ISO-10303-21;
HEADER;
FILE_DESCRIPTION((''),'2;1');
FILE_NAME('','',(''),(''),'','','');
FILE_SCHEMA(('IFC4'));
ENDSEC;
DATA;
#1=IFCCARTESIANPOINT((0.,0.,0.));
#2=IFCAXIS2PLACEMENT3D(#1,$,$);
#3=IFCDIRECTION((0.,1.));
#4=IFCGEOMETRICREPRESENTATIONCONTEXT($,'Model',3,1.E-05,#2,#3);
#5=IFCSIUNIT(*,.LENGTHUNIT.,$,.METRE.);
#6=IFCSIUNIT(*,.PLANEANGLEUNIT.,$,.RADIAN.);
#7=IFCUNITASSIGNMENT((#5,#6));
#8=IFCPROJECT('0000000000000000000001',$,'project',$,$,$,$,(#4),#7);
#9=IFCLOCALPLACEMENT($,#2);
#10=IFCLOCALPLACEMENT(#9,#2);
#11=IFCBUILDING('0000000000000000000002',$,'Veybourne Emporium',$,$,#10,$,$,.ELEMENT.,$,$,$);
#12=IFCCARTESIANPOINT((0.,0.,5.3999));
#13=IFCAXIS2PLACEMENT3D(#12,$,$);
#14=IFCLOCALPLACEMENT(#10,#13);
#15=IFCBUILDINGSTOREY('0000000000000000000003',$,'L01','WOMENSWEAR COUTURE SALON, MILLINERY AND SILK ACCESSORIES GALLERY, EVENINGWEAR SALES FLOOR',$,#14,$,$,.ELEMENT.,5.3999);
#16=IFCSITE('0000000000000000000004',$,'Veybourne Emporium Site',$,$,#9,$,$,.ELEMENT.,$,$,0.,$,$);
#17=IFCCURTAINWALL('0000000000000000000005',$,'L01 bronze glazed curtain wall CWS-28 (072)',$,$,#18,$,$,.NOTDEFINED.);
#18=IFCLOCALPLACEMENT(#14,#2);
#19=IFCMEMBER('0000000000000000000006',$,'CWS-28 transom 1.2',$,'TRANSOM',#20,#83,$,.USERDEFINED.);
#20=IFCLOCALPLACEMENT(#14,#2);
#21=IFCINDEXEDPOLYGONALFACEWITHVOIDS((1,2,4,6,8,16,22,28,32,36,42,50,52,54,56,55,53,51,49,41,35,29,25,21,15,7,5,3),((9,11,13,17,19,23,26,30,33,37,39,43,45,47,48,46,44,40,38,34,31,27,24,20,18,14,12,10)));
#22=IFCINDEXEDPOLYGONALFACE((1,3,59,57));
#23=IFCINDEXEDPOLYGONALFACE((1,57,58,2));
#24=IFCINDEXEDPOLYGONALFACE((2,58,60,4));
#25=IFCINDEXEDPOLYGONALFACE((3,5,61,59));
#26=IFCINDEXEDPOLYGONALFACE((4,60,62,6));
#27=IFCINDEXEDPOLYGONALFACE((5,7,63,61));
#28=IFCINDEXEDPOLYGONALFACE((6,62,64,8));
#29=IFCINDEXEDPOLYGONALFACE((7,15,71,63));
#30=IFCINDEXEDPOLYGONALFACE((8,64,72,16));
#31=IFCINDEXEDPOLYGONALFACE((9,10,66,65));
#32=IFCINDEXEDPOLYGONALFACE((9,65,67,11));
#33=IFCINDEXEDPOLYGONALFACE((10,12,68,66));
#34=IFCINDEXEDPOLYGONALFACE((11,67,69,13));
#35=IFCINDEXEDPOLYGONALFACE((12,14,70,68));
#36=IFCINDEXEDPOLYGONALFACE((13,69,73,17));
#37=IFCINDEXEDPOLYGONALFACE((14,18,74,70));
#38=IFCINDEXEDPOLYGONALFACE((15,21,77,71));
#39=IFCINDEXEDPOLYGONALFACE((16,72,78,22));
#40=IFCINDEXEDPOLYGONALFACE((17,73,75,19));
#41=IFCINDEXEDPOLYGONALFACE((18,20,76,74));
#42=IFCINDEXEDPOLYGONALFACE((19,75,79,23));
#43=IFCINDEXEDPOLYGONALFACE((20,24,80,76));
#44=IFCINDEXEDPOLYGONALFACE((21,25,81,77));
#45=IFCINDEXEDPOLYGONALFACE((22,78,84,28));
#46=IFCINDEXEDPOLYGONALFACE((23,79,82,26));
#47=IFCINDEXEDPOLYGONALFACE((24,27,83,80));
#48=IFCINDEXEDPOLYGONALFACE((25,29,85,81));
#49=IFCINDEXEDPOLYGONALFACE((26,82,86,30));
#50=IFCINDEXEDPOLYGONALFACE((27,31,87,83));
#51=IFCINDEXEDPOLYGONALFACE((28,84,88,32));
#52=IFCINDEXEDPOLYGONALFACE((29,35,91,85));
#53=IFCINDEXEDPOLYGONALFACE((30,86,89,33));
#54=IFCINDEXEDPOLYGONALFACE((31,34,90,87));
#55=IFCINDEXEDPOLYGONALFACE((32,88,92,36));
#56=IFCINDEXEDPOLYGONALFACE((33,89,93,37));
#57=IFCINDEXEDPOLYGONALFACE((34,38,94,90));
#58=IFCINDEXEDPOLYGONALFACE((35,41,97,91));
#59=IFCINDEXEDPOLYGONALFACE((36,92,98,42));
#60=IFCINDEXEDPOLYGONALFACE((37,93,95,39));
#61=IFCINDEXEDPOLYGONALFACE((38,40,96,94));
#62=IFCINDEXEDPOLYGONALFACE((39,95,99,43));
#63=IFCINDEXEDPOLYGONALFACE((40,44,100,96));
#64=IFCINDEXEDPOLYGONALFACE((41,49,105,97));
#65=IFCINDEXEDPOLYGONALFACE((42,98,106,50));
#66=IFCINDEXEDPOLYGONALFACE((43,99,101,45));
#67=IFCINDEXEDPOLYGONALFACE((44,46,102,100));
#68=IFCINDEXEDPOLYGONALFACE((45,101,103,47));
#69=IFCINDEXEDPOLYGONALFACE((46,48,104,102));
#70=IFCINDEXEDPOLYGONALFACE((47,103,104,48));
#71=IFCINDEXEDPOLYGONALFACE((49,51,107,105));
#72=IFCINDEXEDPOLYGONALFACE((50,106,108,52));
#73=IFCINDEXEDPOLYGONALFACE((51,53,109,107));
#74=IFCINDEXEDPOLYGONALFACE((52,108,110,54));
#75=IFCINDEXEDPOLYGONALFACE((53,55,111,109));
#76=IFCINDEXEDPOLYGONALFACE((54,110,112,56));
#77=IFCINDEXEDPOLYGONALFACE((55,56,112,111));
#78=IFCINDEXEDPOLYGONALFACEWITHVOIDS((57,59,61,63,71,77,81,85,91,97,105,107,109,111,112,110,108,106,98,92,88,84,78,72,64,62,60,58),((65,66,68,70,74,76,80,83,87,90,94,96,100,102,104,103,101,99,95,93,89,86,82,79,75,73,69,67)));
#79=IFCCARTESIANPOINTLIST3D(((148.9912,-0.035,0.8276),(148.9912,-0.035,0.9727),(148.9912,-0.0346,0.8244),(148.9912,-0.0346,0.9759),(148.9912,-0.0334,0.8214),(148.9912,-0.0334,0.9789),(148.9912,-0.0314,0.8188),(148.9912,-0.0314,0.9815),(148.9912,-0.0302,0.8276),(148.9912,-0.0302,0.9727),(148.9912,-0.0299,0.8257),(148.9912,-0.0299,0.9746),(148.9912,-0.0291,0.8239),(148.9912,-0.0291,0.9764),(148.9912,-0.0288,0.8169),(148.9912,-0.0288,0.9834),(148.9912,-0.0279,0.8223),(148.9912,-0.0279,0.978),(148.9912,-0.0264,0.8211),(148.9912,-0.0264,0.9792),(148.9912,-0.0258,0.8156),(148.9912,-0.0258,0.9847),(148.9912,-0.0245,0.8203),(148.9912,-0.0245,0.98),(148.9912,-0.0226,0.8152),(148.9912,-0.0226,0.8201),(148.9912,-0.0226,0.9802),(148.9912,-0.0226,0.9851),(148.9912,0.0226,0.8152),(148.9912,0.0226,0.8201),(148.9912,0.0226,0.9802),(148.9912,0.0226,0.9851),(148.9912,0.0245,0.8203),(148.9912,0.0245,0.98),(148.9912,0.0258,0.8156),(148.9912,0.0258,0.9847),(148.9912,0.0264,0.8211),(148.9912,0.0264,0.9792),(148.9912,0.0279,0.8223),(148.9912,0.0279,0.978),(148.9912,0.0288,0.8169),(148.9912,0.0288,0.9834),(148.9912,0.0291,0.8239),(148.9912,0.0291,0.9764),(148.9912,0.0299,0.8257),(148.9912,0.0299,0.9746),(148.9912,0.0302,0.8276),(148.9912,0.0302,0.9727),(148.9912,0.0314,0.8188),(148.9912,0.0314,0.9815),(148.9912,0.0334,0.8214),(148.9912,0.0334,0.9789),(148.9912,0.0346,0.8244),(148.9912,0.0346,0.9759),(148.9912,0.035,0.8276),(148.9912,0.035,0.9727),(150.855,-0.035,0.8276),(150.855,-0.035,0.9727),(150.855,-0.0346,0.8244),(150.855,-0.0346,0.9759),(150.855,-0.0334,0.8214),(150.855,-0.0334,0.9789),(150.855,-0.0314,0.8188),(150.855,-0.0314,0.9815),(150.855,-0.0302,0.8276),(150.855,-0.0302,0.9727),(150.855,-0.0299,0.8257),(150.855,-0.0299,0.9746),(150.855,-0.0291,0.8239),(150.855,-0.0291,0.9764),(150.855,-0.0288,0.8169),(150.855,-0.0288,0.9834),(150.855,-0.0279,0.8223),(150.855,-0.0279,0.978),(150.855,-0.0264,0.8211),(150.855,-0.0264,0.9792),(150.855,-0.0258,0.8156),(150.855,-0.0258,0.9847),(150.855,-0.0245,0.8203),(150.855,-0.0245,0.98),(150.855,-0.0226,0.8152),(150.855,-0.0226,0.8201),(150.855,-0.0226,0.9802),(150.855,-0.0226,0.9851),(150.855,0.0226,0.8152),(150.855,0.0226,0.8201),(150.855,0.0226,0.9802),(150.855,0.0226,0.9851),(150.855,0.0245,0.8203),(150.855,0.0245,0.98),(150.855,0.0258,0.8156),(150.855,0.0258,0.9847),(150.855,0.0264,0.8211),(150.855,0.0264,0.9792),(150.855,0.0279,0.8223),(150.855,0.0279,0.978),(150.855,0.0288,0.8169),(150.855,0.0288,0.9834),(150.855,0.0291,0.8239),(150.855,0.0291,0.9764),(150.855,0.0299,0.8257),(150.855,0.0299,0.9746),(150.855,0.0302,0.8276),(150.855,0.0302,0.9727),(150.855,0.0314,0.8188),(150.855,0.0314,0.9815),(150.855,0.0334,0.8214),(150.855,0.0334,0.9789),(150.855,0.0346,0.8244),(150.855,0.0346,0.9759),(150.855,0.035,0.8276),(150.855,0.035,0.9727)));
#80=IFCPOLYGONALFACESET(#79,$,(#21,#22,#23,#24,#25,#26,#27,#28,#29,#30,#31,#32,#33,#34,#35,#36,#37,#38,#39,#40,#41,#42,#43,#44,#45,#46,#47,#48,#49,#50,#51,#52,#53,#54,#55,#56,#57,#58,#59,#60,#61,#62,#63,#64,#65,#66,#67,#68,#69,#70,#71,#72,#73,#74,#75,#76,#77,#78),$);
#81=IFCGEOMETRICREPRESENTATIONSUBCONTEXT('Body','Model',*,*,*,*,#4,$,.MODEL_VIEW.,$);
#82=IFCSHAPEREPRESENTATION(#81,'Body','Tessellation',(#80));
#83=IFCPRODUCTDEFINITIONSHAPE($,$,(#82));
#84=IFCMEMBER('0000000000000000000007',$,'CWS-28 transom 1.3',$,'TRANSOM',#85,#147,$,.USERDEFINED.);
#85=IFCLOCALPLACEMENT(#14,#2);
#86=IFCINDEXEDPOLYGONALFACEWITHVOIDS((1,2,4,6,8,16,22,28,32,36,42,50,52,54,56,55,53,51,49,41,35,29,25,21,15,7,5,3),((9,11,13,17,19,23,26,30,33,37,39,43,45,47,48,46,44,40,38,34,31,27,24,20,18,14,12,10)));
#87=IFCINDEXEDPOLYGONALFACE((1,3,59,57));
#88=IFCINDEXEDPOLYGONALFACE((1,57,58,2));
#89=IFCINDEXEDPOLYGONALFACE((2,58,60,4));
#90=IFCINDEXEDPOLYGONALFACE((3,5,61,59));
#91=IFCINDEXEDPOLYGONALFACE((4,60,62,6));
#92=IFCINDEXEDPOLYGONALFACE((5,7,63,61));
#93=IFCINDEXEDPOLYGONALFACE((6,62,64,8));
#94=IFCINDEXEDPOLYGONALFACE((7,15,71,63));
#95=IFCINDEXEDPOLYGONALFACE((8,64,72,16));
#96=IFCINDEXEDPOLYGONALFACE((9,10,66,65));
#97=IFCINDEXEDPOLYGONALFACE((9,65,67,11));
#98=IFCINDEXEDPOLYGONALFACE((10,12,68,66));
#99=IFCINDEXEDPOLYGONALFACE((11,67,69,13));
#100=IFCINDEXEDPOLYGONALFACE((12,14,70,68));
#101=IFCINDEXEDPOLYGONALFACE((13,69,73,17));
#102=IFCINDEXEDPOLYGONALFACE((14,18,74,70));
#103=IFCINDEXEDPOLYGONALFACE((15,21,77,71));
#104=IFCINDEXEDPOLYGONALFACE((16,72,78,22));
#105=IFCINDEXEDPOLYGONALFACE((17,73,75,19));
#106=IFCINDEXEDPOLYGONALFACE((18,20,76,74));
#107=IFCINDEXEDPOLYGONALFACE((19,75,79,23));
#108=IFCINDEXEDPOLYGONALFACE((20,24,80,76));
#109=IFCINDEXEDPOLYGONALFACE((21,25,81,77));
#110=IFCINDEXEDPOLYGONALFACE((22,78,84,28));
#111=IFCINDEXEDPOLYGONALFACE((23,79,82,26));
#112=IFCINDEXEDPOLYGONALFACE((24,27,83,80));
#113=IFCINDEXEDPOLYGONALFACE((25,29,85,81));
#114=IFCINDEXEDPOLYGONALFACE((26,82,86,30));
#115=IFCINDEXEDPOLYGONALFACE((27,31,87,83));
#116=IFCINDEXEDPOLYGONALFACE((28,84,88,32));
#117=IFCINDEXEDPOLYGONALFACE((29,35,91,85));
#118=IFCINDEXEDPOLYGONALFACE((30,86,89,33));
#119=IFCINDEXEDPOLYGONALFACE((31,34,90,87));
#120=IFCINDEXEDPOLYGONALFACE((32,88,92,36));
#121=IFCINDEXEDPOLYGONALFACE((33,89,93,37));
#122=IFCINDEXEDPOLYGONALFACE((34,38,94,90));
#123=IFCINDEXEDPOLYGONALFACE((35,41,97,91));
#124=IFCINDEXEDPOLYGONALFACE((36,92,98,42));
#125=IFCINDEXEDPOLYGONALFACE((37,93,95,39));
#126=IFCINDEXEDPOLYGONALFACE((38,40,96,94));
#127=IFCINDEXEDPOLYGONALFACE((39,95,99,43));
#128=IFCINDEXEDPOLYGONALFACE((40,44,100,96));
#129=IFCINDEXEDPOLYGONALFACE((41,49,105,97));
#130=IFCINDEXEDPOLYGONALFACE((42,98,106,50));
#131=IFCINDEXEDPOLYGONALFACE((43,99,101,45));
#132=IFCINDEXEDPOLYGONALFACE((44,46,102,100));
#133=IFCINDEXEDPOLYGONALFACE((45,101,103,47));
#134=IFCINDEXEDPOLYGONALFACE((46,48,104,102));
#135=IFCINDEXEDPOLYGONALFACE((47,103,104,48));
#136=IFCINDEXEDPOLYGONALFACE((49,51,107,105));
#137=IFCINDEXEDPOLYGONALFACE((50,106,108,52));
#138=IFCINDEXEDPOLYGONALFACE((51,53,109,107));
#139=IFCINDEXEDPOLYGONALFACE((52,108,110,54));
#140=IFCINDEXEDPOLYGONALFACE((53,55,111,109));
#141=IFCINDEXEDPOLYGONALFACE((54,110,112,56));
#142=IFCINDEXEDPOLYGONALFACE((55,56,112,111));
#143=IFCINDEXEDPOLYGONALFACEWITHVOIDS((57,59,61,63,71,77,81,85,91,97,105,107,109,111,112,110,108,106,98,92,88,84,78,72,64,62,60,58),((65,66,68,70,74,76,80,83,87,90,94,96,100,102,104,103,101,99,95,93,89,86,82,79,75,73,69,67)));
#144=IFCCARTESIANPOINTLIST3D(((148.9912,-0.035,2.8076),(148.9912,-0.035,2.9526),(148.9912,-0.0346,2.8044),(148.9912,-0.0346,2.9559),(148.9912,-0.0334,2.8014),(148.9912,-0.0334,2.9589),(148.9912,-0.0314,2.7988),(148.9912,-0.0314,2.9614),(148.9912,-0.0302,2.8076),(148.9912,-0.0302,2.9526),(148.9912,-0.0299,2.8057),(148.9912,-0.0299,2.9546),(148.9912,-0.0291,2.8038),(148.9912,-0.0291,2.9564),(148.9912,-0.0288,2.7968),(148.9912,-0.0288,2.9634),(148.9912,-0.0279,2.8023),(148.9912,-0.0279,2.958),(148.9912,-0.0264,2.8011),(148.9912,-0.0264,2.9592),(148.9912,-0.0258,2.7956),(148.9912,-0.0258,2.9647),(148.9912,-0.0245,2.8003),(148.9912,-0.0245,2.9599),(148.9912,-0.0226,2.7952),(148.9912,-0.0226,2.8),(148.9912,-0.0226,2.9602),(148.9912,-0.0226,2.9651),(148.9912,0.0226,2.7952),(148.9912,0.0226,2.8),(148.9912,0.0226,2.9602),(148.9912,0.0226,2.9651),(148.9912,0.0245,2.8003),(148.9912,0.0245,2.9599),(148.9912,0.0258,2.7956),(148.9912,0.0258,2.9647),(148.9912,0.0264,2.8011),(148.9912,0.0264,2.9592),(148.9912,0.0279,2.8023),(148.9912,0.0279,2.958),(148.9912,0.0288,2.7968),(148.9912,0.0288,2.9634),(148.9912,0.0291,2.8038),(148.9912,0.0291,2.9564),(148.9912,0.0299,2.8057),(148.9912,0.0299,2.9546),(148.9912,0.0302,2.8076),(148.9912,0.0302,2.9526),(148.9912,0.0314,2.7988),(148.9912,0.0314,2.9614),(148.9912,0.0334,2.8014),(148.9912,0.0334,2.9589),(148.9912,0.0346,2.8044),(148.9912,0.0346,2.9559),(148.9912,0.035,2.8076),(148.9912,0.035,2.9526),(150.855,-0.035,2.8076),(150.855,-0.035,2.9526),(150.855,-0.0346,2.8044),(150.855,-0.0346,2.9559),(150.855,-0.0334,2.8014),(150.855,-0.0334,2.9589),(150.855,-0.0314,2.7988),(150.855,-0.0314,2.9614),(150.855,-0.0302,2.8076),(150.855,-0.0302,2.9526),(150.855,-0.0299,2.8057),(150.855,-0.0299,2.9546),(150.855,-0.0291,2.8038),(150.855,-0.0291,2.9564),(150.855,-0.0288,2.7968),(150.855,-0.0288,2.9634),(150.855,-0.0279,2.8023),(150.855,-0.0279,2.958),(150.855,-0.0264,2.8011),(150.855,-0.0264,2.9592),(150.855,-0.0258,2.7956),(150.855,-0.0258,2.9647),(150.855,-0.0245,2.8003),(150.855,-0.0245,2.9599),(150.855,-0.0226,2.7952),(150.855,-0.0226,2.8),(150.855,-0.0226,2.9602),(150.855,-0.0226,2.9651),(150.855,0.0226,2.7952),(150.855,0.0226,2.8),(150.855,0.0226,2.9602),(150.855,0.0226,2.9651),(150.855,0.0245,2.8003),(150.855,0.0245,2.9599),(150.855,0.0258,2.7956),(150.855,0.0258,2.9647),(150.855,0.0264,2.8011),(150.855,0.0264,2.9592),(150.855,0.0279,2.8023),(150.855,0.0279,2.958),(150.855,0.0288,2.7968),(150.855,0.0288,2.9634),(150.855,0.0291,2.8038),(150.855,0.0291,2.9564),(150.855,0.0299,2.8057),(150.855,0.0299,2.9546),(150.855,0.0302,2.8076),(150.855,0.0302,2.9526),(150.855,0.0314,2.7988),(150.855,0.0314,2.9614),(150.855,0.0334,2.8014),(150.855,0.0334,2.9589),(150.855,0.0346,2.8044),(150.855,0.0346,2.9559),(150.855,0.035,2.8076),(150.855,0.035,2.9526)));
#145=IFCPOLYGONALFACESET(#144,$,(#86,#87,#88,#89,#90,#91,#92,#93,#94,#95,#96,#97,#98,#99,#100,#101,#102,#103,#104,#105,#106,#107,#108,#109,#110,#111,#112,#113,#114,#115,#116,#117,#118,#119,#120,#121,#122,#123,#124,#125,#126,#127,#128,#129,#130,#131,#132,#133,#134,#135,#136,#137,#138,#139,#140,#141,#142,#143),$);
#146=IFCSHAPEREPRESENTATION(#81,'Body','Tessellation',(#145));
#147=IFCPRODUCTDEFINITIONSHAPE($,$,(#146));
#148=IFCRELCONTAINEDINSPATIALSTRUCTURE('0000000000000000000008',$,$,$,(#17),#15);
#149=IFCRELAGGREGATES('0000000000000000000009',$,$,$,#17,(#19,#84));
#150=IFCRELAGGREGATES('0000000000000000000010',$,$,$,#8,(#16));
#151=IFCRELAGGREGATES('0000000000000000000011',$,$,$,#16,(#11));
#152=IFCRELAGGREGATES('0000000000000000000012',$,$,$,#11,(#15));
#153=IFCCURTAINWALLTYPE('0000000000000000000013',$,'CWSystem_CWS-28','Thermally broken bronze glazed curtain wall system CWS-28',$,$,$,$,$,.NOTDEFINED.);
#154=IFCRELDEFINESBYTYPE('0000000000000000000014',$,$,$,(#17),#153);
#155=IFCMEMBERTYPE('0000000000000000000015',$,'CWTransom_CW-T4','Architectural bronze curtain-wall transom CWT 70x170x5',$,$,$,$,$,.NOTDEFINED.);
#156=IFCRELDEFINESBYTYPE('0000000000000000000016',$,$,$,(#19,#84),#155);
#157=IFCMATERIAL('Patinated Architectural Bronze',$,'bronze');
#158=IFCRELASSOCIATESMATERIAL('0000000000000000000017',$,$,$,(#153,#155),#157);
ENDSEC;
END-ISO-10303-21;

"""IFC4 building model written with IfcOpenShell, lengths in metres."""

from ifc_helpers import new_model, si_unit, direction, frame, origin, origin_2d, place, context, subcontext, project, spatial, hollow_rectangle, extrude, material, material_profile, profile_set, type_object, element, aggregate, save


model = new_model("IFC4")

# Units and contexts
model_context = context("Model", 3, precision=1e-05, world=origin(), true_north=direction((0.0, 1.0)))
body_context = subcontext(model_context, "Body", "Model", "MODEL_VIEW")
ifc_project = project(units=[si_unit("LENGTHUNIT", "METRE"), si_unit("PLANEANGLEUNIT", "RADIAN")], contexts=[model_context])

# Site, building, storey
site_placement = place(None, origin())
site = spatial("IfcSite", under=ifc_project, at=site_placement, Name="Veybourne Emporium Site", CompositionType="ELEMENT", RefElevation=0.0)
building_placement = place(site_placement, origin())
building = spatial("IfcBuilding", under=site, at=building_placement, Name="Veybourne Emporium", CompositionType="ELEMENT")
storey_placement = place(building_placement, frame((0.0, 0.0, 5.3999)))
storey = spatial("IfcBuildingStorey", under=building, at=storey_placement, Name="L01", Description="WOMENSWEAR COUTURE SALON, MILLINERY AND SILK ACCESSORIES GALLERY, EVENINGWEAR SALES FLOOR", CompositionType="ELEMENT", Elevation=5.3999)

# Shared definitions
ifc_material_1 = material(Name="Patinated Architectural Bronze", Category="bronze")

# Curtain wall, members
curtain_wall_type_1 = type_object("IfcCurtainWallType", Name="CWSystem_CWS-28", Description="Thermally broken bronze glazed curtain wall system CWS-28", PredefinedType="NOTDEFINED", material=ifc_material_1)
curtain_wall_1_placement = place(storey_placement, origin())
curtain_wall_1 = element("IfcCurtainWall", 1, at=curtain_wall_1_placement, inside=storey, type_object=curtain_wall_type_1, Name="L01 bronze glazed curtain wall CWS-28 (072)", PredefinedType="NOTDEFINED")
ifc_material_profile_1 = material_profile(ifc_material_1, hollow_rectangle(XDim=0.0701, YDim=0.1699, WallThickness=0.0049, InnerFilletRadius=0.0076, OuterFilletRadius=0.0125, at=origin_2d()), Name="CWT 70x170x5")
ifc_profile_set_1 = profile_set([ifc_material_profile_1], Name="Patinated Architectural Bronze")
member_type_1 = type_object("IfcMemberType", Name="CWTransom_CW-T4", Description="Architectural bronze curtain-wall transom CWT 70x170x5", PredefinedType="NOTDEFINED", material=ifc_profile_set_1)
member_1_placement = place(storey_placement, frame((150.855, 0.0, 0.9001), z_axis=(-1.0, 0.0, 0.0), x_axis=(0.0, -1.0, 0.0)))
member_1 = element("IfcMember", 2, at=member_1_placement, type_object=member_type_1, Name="CWS-28 transom 1.2", ObjectType="TRANSOM", PredefinedType="USERDEFINED", context=body_context, shape_type="SweptSolid", body=[
    extrude(hollow_rectangle(XDim=0.0701, YDim=0.1699, WallThickness=0.0049, InnerFilletRadius=0.0076, OuterFilletRadius=0.0125, at=origin_2d()), origin(), (0.0, 0.0, 1.0), 1.8638),
])
member_2_placement = place(storey_placement, frame((150.855, 0.0, 2.8801), z_axis=(-1.0, 0.0, 0.0), x_axis=(0.0, -1.0, 0.0)))
member_2 = element("IfcMember", 3, at=member_2_placement, type_object=member_type_1, Name="CWS-28 transom 1.3", ObjectType="TRANSOM", PredefinedType="USERDEFINED", context=body_context, shape_type="SweptSolid", body=[
    extrude(hollow_rectangle(XDim=0.0701, YDim=0.1699, WallThickness=0.0049, InnerFilletRadius=0.0076, OuterFilletRadius=0.0125, at=origin_2d()), origin(), (0.0, 0.0, 1.0), 1.8638),
])

aggregate(curtain_wall_1, [member_1, member_2])

save(model, "model.ifc")
